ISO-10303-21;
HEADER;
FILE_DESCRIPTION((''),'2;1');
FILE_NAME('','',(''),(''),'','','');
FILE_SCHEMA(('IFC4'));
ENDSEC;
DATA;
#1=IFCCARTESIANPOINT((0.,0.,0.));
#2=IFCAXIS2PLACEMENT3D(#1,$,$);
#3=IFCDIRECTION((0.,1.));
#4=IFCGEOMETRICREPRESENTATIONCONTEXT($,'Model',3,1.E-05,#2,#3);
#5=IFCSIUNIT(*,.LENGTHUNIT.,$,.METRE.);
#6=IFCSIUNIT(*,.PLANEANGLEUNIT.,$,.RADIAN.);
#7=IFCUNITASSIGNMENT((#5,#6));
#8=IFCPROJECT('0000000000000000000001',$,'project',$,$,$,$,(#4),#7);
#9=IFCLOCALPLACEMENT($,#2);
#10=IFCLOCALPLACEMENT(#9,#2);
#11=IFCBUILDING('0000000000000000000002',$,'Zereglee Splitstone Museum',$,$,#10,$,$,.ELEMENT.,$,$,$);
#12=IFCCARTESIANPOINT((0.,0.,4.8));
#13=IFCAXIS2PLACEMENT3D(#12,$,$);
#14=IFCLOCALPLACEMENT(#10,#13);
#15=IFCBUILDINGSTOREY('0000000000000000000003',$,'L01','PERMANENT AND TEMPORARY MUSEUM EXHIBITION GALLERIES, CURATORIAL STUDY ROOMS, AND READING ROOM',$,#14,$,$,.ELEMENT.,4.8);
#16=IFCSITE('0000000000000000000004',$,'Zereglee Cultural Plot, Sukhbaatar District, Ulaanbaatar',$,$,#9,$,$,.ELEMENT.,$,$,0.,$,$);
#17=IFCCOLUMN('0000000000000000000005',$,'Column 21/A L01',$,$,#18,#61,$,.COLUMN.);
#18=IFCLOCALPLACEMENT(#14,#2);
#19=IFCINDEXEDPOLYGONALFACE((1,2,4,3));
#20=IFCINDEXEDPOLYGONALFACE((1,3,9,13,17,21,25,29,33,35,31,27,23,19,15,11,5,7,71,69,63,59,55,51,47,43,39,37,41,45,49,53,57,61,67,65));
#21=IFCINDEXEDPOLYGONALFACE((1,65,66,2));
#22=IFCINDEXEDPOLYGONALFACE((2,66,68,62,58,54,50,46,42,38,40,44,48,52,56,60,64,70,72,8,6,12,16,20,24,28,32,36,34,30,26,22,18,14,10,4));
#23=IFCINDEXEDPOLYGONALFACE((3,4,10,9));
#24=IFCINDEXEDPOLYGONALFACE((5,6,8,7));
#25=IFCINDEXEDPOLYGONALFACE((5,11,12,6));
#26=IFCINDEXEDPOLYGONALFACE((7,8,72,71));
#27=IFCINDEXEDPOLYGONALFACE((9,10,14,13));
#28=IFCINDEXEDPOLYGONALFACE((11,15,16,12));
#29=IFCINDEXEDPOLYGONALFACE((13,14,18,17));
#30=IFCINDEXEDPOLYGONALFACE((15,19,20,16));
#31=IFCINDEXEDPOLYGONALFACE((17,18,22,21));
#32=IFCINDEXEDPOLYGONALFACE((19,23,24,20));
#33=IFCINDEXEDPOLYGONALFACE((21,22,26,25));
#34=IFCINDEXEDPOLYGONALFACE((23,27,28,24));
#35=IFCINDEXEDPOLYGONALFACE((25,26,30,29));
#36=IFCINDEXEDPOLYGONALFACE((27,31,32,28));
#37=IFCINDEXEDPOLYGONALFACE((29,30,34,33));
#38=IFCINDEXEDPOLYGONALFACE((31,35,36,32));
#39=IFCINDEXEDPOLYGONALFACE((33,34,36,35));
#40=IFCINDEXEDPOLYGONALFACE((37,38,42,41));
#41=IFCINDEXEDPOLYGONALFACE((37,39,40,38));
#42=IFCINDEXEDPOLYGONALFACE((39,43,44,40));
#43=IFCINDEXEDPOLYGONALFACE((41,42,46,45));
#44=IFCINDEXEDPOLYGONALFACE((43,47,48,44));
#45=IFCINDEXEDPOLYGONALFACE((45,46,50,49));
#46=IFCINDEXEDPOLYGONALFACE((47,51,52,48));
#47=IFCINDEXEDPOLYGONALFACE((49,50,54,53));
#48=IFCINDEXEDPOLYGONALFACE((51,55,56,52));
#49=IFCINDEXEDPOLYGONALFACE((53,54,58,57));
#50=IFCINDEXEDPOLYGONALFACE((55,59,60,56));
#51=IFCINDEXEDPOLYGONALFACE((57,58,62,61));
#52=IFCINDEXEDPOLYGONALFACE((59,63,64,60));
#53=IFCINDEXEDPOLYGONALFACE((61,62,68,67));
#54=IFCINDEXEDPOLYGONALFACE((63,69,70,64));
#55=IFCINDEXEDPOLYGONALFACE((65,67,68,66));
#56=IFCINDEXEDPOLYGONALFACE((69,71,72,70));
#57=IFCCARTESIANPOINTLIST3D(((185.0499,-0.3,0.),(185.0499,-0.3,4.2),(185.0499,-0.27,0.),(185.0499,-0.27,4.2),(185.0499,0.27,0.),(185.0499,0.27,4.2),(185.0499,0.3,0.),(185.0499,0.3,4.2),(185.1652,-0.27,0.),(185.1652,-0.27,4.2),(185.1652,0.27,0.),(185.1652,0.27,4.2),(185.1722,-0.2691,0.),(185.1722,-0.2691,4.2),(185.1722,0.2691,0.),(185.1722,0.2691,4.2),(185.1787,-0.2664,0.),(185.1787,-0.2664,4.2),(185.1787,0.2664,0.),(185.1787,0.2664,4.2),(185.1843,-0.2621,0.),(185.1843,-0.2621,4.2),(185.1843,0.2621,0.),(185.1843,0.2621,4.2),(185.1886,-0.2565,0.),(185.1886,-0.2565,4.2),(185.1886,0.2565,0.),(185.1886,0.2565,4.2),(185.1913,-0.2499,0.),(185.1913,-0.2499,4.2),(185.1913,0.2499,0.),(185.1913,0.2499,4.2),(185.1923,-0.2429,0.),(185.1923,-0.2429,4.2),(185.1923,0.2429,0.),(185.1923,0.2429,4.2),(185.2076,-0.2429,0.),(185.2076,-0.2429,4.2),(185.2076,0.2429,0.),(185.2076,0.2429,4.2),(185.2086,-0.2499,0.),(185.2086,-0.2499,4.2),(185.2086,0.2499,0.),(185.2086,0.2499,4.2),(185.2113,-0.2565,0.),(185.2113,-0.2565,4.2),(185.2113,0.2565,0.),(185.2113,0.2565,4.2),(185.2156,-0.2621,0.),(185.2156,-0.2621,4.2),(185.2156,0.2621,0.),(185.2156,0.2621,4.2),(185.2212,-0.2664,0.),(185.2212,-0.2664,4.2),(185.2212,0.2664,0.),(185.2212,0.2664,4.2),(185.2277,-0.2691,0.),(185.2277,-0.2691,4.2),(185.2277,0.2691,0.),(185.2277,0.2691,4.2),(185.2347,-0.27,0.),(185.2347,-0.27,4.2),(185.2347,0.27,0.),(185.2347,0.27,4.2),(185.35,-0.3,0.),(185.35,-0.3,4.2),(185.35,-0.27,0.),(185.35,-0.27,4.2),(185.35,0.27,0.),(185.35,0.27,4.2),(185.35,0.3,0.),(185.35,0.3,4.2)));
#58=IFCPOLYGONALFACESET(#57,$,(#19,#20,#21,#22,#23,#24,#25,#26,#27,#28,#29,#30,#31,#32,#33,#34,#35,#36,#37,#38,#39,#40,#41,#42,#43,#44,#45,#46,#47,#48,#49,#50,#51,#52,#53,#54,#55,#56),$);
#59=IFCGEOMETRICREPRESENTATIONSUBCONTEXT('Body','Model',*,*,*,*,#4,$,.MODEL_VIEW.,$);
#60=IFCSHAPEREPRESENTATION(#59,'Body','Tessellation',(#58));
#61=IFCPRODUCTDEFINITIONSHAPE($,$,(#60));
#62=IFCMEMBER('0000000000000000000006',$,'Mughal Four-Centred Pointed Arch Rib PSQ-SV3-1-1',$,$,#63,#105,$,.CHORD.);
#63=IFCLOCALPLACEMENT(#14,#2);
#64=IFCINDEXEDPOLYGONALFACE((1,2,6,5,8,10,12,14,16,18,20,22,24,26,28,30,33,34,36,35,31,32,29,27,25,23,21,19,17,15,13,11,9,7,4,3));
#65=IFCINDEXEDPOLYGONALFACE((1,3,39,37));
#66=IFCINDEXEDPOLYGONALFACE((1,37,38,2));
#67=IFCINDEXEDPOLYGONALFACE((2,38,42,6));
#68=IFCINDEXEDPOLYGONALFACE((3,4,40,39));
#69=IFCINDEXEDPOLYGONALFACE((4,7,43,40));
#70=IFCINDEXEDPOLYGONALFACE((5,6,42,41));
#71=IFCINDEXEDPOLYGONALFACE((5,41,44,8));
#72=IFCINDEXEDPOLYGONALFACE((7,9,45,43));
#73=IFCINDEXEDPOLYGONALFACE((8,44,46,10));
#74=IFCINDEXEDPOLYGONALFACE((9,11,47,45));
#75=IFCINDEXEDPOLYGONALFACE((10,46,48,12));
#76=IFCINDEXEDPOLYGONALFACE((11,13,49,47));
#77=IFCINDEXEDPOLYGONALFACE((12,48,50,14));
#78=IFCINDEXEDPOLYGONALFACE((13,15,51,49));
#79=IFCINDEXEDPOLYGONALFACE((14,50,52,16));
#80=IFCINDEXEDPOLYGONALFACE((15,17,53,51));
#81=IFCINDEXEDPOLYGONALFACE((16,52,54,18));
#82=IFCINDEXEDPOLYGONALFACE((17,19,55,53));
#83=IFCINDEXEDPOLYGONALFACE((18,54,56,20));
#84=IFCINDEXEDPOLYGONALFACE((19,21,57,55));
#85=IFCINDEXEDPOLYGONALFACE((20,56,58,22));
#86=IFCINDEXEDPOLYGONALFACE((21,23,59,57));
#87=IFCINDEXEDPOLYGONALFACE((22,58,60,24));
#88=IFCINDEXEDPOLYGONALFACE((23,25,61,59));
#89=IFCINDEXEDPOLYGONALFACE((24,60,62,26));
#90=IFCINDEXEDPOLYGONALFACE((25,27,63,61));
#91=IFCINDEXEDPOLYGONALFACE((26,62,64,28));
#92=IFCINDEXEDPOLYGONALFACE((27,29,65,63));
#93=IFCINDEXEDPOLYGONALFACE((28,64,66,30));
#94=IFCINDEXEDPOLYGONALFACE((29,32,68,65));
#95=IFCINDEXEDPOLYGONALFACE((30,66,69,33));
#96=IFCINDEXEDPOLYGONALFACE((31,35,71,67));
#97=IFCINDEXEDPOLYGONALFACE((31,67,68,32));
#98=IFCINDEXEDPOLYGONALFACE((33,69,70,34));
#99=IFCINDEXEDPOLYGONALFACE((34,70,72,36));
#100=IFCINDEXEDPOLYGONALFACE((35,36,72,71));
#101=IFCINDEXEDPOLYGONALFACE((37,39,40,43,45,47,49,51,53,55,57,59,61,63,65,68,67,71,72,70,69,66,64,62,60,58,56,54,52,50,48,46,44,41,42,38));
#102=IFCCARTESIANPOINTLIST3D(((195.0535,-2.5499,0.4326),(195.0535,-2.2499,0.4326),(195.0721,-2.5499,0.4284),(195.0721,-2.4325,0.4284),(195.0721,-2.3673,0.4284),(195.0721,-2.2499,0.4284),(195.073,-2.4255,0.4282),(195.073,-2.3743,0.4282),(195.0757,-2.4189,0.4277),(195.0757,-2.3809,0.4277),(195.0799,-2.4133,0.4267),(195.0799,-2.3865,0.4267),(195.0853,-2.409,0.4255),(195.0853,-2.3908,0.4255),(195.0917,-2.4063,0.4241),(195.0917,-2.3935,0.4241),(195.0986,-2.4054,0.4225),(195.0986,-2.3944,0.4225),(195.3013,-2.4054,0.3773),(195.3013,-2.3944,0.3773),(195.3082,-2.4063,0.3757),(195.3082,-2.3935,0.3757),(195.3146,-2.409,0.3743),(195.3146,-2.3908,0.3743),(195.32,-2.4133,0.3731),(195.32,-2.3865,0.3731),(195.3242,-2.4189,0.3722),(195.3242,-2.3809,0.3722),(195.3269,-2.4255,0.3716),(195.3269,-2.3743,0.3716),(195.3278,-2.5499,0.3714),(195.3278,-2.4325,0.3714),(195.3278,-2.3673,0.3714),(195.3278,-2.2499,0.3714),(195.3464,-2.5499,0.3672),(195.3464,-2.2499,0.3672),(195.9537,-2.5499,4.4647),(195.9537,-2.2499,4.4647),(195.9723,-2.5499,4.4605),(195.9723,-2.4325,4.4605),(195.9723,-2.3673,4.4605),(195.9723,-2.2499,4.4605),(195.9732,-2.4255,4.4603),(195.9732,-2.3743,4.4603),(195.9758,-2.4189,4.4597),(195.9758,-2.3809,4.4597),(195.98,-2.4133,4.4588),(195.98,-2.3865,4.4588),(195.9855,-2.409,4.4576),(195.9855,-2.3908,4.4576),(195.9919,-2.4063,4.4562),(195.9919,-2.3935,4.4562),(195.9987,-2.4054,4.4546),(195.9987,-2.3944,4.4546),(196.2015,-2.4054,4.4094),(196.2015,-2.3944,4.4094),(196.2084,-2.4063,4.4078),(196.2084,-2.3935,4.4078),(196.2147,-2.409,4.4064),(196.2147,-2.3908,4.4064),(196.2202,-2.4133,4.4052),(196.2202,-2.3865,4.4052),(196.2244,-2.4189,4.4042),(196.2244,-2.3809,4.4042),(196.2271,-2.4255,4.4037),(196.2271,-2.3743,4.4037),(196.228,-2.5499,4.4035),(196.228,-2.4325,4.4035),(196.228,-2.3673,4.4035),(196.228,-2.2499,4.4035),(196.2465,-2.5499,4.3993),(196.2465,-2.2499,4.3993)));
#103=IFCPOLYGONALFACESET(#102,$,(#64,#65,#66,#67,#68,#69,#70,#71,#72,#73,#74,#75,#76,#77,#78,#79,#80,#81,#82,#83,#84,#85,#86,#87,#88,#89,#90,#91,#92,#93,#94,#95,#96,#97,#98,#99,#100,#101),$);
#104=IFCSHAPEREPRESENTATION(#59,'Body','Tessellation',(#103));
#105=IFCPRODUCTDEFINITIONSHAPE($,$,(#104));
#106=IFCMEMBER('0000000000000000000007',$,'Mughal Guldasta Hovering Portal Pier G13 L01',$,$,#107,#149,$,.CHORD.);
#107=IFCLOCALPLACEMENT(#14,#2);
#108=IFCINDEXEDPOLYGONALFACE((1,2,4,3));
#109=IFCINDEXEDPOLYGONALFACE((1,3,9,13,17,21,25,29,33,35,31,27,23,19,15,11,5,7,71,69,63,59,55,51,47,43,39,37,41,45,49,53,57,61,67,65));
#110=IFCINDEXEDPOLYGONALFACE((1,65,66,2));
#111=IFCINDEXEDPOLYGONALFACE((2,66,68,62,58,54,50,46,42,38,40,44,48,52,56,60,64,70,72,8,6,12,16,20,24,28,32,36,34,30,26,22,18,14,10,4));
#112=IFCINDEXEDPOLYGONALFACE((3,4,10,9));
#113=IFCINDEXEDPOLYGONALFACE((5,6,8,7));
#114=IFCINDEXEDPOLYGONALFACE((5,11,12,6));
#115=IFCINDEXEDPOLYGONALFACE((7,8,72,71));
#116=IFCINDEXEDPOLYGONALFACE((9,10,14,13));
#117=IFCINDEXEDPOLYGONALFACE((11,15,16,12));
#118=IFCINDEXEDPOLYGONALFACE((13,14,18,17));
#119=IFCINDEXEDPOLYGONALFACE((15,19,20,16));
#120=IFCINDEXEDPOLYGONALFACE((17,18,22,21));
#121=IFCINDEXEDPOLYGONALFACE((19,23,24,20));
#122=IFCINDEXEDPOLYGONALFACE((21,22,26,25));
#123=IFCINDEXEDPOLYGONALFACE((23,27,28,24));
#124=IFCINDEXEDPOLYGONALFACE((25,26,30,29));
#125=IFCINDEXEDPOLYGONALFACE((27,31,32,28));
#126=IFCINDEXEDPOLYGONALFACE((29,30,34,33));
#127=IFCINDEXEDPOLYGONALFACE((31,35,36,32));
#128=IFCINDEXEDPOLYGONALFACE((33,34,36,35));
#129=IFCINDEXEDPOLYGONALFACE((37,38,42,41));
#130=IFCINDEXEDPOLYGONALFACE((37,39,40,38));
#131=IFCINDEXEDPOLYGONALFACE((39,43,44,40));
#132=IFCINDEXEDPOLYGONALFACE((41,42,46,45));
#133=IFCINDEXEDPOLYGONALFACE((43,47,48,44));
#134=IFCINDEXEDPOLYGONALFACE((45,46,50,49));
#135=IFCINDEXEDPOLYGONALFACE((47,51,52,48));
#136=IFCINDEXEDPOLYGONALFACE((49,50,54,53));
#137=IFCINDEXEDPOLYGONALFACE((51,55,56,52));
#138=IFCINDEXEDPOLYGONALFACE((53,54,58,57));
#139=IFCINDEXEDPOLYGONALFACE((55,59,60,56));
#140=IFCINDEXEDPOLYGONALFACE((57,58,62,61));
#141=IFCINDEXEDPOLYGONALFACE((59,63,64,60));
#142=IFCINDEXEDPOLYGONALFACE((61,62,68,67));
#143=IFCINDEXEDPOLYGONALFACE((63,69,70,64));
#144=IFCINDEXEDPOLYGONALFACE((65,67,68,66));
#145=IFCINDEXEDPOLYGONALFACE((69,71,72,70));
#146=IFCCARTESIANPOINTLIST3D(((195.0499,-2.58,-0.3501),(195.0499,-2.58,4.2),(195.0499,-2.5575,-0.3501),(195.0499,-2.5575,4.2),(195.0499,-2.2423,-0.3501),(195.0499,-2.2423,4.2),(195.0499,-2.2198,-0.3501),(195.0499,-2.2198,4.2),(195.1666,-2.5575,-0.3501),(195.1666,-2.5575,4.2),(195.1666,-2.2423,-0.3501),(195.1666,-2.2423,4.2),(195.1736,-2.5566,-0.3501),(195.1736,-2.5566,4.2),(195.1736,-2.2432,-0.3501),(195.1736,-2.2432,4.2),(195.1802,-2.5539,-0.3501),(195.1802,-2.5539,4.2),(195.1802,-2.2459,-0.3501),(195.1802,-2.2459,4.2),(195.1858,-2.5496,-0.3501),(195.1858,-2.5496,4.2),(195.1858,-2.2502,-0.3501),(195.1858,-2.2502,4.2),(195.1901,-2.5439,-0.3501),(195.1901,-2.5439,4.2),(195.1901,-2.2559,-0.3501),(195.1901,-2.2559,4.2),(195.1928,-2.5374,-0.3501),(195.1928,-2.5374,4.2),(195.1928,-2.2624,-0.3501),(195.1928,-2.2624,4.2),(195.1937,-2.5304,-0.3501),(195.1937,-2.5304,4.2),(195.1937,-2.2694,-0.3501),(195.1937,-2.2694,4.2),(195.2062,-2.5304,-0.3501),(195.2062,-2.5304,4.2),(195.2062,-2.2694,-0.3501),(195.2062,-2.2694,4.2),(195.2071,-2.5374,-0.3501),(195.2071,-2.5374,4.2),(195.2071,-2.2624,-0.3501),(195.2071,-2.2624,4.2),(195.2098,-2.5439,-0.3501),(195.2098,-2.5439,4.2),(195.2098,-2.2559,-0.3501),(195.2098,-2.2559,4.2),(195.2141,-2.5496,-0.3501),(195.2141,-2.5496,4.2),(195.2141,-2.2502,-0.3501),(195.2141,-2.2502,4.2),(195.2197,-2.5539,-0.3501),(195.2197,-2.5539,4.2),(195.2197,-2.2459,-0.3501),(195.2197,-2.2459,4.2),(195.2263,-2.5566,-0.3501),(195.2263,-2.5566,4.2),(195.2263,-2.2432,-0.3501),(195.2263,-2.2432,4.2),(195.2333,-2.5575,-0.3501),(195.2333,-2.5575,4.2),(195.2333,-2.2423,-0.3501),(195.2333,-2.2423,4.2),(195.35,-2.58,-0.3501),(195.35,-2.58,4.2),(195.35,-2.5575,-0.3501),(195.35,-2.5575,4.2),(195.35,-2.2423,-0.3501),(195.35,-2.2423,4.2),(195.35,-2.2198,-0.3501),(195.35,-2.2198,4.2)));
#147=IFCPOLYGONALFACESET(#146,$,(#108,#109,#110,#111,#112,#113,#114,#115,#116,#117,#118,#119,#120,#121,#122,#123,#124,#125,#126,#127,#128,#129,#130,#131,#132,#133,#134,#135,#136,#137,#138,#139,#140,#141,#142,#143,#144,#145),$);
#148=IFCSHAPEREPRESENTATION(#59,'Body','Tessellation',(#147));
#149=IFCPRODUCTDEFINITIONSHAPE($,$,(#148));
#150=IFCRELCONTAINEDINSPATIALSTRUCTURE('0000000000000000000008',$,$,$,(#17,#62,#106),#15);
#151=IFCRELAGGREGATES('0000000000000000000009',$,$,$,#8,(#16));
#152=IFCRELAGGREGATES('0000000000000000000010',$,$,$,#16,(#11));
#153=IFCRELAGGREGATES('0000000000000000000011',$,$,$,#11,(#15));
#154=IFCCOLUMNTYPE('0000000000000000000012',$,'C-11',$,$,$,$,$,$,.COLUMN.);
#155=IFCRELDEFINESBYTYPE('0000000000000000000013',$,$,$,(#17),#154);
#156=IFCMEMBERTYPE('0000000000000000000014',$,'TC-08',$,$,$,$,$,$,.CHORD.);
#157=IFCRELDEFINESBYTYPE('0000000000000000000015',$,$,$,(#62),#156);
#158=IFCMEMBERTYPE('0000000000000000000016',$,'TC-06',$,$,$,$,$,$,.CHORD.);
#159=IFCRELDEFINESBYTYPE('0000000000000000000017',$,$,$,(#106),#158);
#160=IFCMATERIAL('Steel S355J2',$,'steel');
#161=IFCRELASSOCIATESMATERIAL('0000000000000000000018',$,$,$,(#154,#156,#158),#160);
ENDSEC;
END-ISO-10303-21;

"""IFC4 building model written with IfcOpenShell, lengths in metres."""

from ifc_helpers import new_model, si_unit, direction, frame, origin, origin_2d, place, context, subcontext, project, spatial, i_section, extrude, material, material_profile, profile_set, type_object, element, save


model = new_model("IFC4")

# Units and contexts
model_context = context("Model", 3, precision=1e-05, world=origin(), true_north=direction((0.0, 1.0)))
body_context = subcontext(model_context, "Body", "Model", "MODEL_VIEW")
ifc_project = project(units=[si_unit("LENGTHUNIT", "METRE"), si_unit("PLANEANGLEUNIT", "RADIAN")], contexts=[model_context])

# Site, building, storey
site_placement = place(None, origin())
site = spatial("IfcSite", under=ifc_project, at=site_placement, Name="Zereglee Cultural Plot, Sukhbaatar District, Ulaanbaatar", CompositionType="ELEMENT", RefElevation=0.0)
building_placement = place(site_placement, origin())
building = spatial("IfcBuilding", under=site, at=building_placement, Name="Zereglee Splitstone Museum", CompositionType="ELEMENT")
storey_placement = place(building_placement, frame((0.0, 0.0, 4.8)))
storey = spatial("IfcBuildingStorey", under=building, at=storey_placement, Name="L01", Description="PERMANENT AND TEMPORARY MUSEUM EXHIBITION GALLERIES, CURATORIAL STUDY ROOMS, AND READING ROOM", CompositionType="ELEMENT", Elevation=4.8)

# Column
ifc_material_1 = material(Name="Steel S355J2", Category="steel")
ifc_material_profile_1 = material_profile(ifc_material_1, i_section(OverallWidth=0.3, OverallDepth=0.6001, WebThickness=0.0154, FlangeThickness=0.03, FilletRadius=0.0271, at=origin_2d()), Name="HE 600 B")
ifc_profile_set_1 = profile_set([ifc_material_profile_1], Name="Steel S355J2")
column_type = type_object("IfcColumnType", Name="C-11", PredefinedType="COLUMN", material=ifc_profile_set_1)
column_placement = place(storey_placement, frame((185.2, 0.0, 0.0), z_axis=(0.0, 0.0, 1.0), x_axis=(1.0, 0.0, 0.0)))
element("IfcColumn", 1, at=column_placement, inside=storey, type_object=column_type, Name="Column 21/A L01", PredefinedType="COLUMN", context=body_context, shape_type="SweptSolid", body=[
    extrude(i_section(OverallWidth=0.3, OverallDepth=0.6001, WebThickness=0.0154, FlangeThickness=0.03, FilletRadius=0.0271, at=origin_2d()), origin(), (0.0, 0.0, 1.0), 4.2),
])

# Members
ifc_material_profile_2 = material_profile(ifc_material_1, i_section(OverallWidth=0.3, OverallDepth=0.3, WebThickness=0.011, FlangeThickness=0.019, FilletRadius=0.0271, at=origin_2d()), Name="HE 300 B")
ifc_profile_set_2 = profile_set([ifc_material_profile_2], Name="Steel S355J2")
member_type_1 = type_object("IfcMemberType", Name="TC-08", PredefinedType="CHORD", material=ifc_profile_set_2)
member_1_placement = place(storey_placement, frame((195.2, -2.3999, 0.3999), z_axis=(0.217888, 0.0, 0.975974), x_axis=(0.0, 1.0, 0.0)))
element("IfcMember", 2, at=member_1_placement, inside=storey, type_object=member_type_1, Name="Mughal Four-Centred Pointed Arch Rib PSQ-SV3-1-1", PredefinedType="CHORD", context=body_context, shape_type="SweptSolid", body=[
    extrude(i_section(OverallWidth=0.3, OverallDepth=0.3, WebThickness=0.011, FlangeThickness=0.019, FilletRadius=0.0271, at=origin_2d()), origin(), (0.0, 0.0, 1.0), 4.1313),
])
ifc_material_profile_3 = material_profile(ifc_material_1, i_section(OverallWidth=0.3, OverallDepth=0.3601, WebThickness=0.0125, FlangeThickness=0.0225, FilletRadius=0.0271, at=origin_2d()), Name="HE 360 B")
ifc_profile_set_3 = profile_set([ifc_material_profile_3], Name="Steel S355J2")
member_type_2 = type_object("IfcMemberType", Name="TC-06", PredefinedType="CHORD", material=ifc_profile_set_3)
member_2_placement = place(storey_placement, frame((195.2, -2.3999, -0.3501), z_axis=(0.0, 0.0, 1.0), x_axis=(1.0, 0.0, 0.0)))
element("IfcMember", 3, at=member_2_placement, inside=storey, type_object=member_type_2, Name="Mughal Guldasta Hovering Portal Pier G13 L01", PredefinedType="CHORD", context=body_context, shape_type="SweptSolid", body=[
    extrude(i_section(OverallWidth=0.3, OverallDepth=0.3601, WebThickness=0.0125, FlangeThickness=0.0225, FilletRadius=0.0271, at=origin_2d()), origin(), (0.0, 0.0, 1.0), 4.55),
])

save(model, "model.ifc")
